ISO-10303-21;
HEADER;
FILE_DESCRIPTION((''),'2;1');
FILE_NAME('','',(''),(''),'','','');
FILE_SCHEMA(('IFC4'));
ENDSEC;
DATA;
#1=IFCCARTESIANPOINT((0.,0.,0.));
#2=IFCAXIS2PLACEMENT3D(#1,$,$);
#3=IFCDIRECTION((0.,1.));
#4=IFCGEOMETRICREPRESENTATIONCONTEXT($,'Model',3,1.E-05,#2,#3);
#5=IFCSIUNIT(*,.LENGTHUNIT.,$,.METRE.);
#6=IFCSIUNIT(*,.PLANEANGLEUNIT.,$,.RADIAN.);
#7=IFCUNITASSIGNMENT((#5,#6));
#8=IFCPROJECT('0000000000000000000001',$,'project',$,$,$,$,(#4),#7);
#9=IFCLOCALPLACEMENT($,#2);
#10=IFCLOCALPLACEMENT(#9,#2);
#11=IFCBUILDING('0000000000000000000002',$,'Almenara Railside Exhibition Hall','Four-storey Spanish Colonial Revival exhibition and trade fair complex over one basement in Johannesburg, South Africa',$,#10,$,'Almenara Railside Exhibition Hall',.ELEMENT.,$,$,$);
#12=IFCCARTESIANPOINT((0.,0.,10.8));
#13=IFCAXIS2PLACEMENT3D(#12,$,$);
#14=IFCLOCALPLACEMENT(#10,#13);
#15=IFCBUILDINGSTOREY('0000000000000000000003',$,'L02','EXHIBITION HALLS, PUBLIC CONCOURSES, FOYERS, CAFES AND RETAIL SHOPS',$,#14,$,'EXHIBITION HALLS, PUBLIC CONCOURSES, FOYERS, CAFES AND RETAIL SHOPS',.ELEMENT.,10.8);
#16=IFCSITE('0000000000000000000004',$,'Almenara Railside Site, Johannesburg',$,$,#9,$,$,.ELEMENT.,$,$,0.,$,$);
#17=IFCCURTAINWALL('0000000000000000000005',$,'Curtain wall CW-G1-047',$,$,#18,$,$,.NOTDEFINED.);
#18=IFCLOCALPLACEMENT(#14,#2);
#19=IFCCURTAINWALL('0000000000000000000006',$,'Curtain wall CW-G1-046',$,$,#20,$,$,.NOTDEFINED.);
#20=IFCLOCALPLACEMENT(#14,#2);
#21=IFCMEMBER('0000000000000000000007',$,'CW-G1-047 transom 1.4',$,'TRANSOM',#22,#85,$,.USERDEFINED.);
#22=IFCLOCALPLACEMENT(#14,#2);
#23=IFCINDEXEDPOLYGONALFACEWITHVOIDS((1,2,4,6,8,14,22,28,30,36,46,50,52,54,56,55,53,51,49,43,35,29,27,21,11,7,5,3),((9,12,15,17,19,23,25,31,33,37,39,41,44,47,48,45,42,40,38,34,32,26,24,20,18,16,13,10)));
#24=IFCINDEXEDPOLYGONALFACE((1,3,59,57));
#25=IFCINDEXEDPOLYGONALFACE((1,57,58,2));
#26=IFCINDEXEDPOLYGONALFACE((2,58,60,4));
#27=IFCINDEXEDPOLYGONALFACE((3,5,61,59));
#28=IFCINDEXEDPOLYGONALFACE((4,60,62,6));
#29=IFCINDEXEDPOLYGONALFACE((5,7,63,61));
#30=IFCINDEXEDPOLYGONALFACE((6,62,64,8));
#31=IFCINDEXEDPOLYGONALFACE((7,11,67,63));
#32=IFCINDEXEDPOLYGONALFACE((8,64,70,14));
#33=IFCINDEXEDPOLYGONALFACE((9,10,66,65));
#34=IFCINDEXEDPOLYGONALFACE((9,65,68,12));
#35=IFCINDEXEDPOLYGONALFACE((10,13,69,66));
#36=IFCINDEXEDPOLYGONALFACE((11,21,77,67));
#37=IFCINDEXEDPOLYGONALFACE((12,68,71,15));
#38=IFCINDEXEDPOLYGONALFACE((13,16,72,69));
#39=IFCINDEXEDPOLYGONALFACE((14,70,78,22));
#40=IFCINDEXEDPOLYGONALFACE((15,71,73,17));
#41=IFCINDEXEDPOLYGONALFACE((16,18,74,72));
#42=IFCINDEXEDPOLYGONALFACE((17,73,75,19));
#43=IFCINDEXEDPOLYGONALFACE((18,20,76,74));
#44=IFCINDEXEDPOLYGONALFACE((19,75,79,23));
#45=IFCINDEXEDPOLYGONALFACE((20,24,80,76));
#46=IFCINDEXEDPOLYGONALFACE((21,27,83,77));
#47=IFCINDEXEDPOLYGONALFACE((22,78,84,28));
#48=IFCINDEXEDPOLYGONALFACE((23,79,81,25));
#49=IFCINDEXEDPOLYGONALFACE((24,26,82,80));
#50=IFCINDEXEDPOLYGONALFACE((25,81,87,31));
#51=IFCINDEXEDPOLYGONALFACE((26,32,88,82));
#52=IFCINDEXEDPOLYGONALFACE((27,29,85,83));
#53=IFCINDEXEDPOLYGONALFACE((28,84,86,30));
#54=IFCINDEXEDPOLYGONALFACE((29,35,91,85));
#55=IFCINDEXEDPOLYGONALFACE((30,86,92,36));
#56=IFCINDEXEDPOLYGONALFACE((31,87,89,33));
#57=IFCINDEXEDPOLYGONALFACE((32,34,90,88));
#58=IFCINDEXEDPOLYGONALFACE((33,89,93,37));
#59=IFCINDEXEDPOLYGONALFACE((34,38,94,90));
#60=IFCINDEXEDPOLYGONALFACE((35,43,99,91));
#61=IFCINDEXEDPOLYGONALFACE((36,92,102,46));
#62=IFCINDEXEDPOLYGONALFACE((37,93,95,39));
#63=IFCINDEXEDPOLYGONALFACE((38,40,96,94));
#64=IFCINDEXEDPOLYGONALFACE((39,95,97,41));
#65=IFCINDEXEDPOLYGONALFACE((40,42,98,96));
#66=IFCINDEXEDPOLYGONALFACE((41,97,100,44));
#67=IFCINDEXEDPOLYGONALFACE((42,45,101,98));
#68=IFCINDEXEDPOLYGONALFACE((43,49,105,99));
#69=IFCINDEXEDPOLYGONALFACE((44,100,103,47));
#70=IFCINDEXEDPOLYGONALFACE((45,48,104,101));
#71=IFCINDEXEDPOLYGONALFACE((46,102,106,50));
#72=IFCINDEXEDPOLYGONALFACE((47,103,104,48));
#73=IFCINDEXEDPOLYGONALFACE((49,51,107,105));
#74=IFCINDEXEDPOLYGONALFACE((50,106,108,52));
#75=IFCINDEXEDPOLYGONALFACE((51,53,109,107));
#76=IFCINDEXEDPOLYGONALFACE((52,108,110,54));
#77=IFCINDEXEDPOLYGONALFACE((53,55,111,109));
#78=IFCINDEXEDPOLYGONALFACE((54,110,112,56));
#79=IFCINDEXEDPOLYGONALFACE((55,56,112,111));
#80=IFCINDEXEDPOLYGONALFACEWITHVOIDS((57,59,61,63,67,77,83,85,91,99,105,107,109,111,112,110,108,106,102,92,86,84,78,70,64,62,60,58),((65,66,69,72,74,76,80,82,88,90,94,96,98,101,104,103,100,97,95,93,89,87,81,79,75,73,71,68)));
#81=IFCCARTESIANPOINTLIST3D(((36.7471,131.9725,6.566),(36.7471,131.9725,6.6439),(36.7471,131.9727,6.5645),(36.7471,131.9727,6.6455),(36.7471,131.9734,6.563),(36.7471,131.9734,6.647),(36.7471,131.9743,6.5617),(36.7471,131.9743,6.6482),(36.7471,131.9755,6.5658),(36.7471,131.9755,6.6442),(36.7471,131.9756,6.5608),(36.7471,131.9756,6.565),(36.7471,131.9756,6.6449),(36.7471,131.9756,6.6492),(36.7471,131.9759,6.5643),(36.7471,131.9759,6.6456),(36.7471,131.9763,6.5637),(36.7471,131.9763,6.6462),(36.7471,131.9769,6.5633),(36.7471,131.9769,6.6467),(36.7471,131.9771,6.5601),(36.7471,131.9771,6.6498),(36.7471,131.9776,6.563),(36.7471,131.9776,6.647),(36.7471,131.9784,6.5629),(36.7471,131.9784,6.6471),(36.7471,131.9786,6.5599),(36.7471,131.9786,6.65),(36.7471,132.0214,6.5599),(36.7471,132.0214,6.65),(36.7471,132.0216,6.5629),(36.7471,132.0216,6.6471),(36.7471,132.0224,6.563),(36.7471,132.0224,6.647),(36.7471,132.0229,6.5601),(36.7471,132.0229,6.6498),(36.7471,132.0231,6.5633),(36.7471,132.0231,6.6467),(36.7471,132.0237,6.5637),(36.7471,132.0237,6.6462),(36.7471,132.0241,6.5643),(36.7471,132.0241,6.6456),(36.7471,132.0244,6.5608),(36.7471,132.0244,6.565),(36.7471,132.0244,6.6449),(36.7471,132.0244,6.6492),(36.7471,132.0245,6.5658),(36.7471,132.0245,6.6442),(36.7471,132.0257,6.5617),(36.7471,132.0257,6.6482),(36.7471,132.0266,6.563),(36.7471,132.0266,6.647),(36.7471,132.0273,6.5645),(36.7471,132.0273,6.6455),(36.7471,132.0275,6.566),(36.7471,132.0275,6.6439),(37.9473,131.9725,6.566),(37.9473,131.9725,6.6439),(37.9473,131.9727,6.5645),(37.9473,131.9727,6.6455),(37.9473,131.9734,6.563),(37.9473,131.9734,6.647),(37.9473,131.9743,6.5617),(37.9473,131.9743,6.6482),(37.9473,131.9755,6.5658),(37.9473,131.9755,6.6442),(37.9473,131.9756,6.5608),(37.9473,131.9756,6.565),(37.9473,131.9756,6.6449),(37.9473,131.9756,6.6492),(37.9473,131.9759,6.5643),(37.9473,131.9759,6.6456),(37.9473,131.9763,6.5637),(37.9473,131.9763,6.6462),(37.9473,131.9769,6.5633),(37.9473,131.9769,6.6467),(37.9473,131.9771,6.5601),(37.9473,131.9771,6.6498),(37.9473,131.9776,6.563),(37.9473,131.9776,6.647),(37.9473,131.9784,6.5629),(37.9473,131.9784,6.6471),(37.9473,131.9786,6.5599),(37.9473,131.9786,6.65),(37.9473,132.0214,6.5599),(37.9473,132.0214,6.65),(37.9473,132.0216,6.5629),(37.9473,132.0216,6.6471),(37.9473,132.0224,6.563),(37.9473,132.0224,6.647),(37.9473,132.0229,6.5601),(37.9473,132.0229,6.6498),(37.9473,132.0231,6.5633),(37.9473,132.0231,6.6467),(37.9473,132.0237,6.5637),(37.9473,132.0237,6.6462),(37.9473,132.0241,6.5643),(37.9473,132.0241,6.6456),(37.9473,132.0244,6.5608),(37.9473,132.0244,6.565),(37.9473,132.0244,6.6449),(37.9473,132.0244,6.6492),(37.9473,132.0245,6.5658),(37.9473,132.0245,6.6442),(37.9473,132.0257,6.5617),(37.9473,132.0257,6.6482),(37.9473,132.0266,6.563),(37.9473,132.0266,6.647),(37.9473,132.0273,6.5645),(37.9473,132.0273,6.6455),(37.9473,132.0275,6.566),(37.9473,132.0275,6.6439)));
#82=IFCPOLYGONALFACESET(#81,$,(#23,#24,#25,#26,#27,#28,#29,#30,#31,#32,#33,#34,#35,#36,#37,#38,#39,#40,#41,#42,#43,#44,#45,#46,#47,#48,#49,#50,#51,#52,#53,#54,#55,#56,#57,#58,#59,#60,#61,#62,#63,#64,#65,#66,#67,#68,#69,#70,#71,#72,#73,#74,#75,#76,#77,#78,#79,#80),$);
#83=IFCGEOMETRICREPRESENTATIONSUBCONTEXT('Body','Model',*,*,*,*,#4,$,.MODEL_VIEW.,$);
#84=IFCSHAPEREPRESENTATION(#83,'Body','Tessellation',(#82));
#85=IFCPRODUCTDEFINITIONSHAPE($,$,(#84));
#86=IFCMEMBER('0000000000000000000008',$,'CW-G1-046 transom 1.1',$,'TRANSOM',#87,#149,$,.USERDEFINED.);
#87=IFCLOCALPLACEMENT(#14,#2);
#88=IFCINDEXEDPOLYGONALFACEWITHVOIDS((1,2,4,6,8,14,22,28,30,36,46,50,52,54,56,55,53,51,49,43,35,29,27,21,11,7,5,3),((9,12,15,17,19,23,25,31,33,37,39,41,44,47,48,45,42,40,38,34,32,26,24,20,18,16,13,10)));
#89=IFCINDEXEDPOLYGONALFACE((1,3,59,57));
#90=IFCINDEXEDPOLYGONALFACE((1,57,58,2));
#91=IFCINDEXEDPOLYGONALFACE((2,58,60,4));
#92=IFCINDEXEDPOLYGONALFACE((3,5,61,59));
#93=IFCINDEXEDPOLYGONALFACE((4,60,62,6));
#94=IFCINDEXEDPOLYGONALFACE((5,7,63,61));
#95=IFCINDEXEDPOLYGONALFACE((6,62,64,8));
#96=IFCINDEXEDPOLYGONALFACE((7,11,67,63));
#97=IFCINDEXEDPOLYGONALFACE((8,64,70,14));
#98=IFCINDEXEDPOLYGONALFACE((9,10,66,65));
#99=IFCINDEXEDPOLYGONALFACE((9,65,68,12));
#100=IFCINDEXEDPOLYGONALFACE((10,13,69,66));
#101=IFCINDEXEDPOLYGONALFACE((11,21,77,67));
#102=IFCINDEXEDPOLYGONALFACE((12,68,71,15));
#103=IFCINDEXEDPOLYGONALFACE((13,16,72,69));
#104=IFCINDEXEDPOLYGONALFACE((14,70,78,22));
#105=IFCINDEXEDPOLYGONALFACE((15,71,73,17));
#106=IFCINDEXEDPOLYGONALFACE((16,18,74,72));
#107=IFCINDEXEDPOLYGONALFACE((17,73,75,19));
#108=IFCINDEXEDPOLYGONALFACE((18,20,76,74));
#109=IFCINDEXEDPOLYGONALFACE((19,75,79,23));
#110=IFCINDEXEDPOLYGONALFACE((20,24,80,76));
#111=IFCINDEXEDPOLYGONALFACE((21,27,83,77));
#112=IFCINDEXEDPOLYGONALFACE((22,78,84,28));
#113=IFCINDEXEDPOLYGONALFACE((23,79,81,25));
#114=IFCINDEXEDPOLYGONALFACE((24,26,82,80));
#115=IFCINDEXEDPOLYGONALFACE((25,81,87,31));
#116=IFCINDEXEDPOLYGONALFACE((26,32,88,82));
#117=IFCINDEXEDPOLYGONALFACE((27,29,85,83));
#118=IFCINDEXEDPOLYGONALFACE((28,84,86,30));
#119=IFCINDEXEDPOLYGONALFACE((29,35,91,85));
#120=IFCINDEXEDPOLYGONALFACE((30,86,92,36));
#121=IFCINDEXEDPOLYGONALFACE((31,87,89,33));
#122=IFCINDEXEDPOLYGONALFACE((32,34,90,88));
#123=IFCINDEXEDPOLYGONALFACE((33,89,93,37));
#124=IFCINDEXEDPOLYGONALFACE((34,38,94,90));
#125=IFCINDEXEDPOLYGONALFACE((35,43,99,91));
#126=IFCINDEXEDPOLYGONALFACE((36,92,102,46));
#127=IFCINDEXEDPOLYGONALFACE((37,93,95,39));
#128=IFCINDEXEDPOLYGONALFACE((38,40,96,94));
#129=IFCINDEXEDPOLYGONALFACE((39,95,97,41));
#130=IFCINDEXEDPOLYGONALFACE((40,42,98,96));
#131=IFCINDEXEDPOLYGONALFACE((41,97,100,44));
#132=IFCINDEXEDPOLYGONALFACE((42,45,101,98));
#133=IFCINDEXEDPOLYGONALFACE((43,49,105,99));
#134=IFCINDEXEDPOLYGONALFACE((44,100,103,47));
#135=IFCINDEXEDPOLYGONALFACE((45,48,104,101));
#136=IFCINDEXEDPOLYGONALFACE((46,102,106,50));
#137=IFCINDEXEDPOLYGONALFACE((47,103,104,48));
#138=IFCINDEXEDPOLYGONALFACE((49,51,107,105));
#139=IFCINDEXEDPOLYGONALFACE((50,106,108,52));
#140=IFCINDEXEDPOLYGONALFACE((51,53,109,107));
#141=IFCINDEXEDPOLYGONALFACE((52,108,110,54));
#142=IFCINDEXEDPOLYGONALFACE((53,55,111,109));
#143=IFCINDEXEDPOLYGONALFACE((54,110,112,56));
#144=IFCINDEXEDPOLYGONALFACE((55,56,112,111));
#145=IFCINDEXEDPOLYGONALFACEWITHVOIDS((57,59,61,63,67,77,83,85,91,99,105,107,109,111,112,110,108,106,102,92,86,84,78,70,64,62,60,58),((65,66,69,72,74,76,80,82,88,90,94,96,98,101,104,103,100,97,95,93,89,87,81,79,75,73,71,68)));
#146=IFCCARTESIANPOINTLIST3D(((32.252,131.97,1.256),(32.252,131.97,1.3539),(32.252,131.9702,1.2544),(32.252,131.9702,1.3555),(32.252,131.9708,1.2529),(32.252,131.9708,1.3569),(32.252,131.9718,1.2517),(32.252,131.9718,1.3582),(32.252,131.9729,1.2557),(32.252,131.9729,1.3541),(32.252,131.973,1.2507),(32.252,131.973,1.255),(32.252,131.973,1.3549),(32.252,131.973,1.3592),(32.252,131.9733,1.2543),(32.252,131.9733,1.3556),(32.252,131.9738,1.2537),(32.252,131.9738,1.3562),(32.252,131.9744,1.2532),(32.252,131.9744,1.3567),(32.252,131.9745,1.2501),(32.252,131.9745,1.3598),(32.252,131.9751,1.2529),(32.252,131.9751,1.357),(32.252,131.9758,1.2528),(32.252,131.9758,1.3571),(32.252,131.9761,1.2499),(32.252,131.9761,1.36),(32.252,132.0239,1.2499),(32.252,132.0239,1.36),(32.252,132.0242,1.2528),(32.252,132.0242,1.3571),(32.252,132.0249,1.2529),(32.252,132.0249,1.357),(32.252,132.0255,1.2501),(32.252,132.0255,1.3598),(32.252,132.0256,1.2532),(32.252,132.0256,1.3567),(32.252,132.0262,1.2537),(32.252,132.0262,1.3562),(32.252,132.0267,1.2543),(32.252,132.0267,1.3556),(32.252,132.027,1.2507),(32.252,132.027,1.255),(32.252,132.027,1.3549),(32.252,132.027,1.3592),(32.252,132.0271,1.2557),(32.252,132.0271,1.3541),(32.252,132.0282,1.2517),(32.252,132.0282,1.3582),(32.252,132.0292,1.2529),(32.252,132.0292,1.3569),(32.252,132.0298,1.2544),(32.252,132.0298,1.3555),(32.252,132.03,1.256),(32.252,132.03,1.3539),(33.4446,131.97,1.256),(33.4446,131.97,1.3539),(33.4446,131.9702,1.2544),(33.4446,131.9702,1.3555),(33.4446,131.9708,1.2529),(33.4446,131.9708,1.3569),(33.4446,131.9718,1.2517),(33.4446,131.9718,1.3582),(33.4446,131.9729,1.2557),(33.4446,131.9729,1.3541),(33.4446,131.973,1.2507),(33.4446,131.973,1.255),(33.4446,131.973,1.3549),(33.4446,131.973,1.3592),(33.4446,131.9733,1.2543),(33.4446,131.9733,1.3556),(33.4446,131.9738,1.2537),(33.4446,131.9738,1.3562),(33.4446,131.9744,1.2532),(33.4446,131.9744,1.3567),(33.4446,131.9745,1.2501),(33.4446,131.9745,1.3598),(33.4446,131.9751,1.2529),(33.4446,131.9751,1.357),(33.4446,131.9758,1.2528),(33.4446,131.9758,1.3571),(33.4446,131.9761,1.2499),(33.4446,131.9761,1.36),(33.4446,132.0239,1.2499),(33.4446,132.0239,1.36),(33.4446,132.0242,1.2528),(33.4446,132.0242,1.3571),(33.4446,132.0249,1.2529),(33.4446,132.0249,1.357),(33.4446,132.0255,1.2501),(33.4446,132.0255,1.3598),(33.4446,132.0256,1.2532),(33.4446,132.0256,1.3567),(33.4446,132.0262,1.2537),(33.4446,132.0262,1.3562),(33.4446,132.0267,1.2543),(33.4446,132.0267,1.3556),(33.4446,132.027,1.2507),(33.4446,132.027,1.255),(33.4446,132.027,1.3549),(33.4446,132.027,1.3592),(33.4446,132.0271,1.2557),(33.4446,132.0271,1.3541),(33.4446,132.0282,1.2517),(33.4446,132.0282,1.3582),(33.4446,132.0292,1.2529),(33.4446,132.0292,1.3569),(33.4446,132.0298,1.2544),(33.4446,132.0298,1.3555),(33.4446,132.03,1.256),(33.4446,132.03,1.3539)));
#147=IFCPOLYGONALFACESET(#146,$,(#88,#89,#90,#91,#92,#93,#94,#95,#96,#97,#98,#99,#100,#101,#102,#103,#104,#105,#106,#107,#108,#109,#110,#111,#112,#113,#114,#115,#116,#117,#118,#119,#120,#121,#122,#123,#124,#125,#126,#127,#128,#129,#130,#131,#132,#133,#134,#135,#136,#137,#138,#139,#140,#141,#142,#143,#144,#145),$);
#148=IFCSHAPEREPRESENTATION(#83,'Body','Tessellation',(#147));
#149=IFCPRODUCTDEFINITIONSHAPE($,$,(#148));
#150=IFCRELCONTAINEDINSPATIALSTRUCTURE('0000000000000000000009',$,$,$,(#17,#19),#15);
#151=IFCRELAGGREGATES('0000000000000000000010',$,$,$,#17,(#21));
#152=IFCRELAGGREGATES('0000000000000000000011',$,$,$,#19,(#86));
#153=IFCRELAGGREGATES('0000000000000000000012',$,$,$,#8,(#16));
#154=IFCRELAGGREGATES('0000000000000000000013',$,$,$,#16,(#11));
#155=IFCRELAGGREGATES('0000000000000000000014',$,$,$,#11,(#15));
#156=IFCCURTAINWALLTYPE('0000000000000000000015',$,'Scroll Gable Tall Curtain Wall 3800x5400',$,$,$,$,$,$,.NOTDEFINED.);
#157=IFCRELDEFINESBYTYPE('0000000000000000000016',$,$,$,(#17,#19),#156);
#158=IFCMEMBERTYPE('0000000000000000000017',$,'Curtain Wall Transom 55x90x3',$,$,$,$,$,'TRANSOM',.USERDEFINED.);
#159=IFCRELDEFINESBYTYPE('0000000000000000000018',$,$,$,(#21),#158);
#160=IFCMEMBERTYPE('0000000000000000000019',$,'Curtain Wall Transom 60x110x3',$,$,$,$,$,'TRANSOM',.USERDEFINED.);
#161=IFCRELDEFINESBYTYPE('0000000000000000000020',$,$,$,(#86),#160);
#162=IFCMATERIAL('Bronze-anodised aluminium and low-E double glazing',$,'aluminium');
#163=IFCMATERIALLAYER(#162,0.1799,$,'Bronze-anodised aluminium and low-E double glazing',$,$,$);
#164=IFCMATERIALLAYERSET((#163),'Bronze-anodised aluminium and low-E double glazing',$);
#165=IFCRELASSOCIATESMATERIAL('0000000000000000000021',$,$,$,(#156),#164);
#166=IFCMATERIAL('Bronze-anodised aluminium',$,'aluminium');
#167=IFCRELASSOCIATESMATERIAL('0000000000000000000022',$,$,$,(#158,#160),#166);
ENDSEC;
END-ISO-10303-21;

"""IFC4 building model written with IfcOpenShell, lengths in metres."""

from ifc_helpers import new_model, si_unit, direction, frame, origin, origin_2d, place, context, subcontext, project, spatial, hollow_rectangle, extrude, material, layer, layer_set, material_profile, profile_set, type_object, element, aggregate, save


model = new_model("IFC4")

# Units and contexts
model_context = context("Model", 3, precision=1e-05, world=origin(), true_north=direction((0.0, 1.0)))
body_context = subcontext(model_context, "Body", "Model", "MODEL_VIEW")
ifc_project = project(units=[si_unit("LENGTHUNIT", "METRE"), si_unit("PLANEANGLEUNIT", "RADIAN")], contexts=[model_context])

# Site, building, storey
site_placement = place(None, origin())
site = spatial("IfcSite", under=ifc_project, at=site_placement, Name="Almenara Railside Site, Johannesburg", CompositionType="ELEMENT", RefElevation=0.0)
building_placement = place(site_placement, origin())
building = spatial("IfcBuilding", under=site, at=building_placement, Name="Almenara Railside Exhibition Hall", Description="Four-storey Spanish Colonial Revival exhibition and trade fair complex over one basement in Johannesburg, South Africa", LongName="Almenara Railside Exhibition Hall", CompositionType="ELEMENT")
storey_placement = place(building_placement, frame((0.0, 0.0, 10.8)))
storey = spatial("IfcBuildingStorey", under=building, at=storey_placement, Name="L02", Description="EXHIBITION HALLS, PUBLIC CONCOURSES, FOYERS, CAFES AND RETAIL SHOPS", LongName="EXHIBITION HALLS, PUBLIC CONCOURSES, FOYERS, CAFES AND RETAIL SHOPS", CompositionType="ELEMENT", Elevation=10.8)

# Curtain walls
ifc_material_1 = material(Name="Bronze-anodised aluminium and low-E double glazing", Category="aluminium")
ifc_layer_1 = layer(ifc_material_1, 0.1799, Name="Bronze-anodised aluminium and low-E double glazing")
ifc_layer_set_1 = layer_set([ifc_layer_1], Name="Bronze-anodised aluminium and low-E double glazing")
curtain_wall_type_1 = type_object("IfcCurtainWallType", Name="Scroll Gable Tall Curtain Wall 3800x5400", PredefinedType="NOTDEFINED", material=ifc_layer_set_1)
curtain_wall_1_placement = place(storey_placement, origin())
curtain_wall_1 = element("IfcCurtainWall", 1, at=curtain_wall_1_placement, inside=storey, type_object=curtain_wall_type_1, Name="Curtain wall CW-G1-047", PredefinedType="NOTDEFINED")
ifc_material_2 = material(Name="Bronze-anodised aluminium", Category="aluminium")
curtain_wall_2_placement = place(storey_placement, origin())
curtain_wall_2 = element("IfcCurtainWall", 2, at=curtain_wall_2_placement, inside=storey, type_object=curtain_wall_type_1, Name="Curtain wall CW-G1-046", PredefinedType="NOTDEFINED")

# Members
ifc_material_profile_1 = material_profile(ifc_material_2, hollow_rectangle(XDim=0.0549, YDim=0.0901, WallThickness=0.0029, InnerFilletRadius=0.0029, OuterFilletRadius=0.0061, at=origin_2d()), Name="ALU-TRN 55x90x3")
ifc_profile_set_1 = profile_set([ifc_material_profile_1], Name="Bronze-anodised aluminium")
member_type_1 = type_object("IfcMemberType", Name="Curtain Wall Transom 55x90x3", ElementType="TRANSOM", PredefinedType="USERDEFINED", material=ifc_profile_set_1)
member_1_placement = place(storey_placement, frame((36.7471, 132.0, 6.605), z_axis=(1.0, 0.0, 0.0), x_axis=(0.0, 1.0, 0.0)))
member_1 = element("IfcMember", 3, at=member_1_placement, type_object=member_type_1, Name="CW-G1-047 transom 1.4", ObjectType="TRANSOM", PredefinedType="USERDEFINED", context=body_context, shape_type="SweptSolid", body=[
    extrude(hollow_rectangle(XDim=0.0549, YDim=0.0901, WallThickness=0.0029, InnerFilletRadius=0.0029, OuterFilletRadius=0.0061, at=origin_2d()), origin(), (0.0, 0.0, 1.0), 1.2002),
])
ifc_material_profile_2 = material_profile(ifc_material_2, hollow_rectangle(XDim=0.0601, YDim=0.1101, WallThickness=0.0029, InnerFilletRadius=0.0029, OuterFilletRadius=0.0061, at=origin_2d()), Name="ALU-TRN 60x110x3")
ifc_profile_set_2 = profile_set([ifc_material_profile_2], Name="Bronze-anodised aluminium")
member_type_2 = type_object("IfcMemberType", Name="Curtain Wall Transom 60x110x3", ElementType="TRANSOM", PredefinedType="USERDEFINED", material=ifc_profile_set_2)
member_2_placement = place(storey_placement, frame((32.252, 132.0, 1.3049), z_axis=(1.0, 0.0, 0.0), x_axis=(0.0, 1.0, 0.0)))
member_2 = element("IfcMember", 4, at=member_2_placement, type_object=member_type_2, Name="CW-G1-046 transom 1.1", ObjectType="TRANSOM", PredefinedType="USERDEFINED", context=body_context, shape_type="SweptSolid", body=[
    extrude(hollow_rectangle(XDim=0.0601, YDim=0.1101, WallThickness=0.0029, InnerFilletRadius=0.0029, OuterFilletRadius=0.0061, at=origin_2d()), origin(), (0.0, 0.0, 1.0), 1.1926),
])

aggregate(curtain_wall_1, [member_1])
aggregate(curtain_wall_2, [member_2])

save(model, "model.ifc")
